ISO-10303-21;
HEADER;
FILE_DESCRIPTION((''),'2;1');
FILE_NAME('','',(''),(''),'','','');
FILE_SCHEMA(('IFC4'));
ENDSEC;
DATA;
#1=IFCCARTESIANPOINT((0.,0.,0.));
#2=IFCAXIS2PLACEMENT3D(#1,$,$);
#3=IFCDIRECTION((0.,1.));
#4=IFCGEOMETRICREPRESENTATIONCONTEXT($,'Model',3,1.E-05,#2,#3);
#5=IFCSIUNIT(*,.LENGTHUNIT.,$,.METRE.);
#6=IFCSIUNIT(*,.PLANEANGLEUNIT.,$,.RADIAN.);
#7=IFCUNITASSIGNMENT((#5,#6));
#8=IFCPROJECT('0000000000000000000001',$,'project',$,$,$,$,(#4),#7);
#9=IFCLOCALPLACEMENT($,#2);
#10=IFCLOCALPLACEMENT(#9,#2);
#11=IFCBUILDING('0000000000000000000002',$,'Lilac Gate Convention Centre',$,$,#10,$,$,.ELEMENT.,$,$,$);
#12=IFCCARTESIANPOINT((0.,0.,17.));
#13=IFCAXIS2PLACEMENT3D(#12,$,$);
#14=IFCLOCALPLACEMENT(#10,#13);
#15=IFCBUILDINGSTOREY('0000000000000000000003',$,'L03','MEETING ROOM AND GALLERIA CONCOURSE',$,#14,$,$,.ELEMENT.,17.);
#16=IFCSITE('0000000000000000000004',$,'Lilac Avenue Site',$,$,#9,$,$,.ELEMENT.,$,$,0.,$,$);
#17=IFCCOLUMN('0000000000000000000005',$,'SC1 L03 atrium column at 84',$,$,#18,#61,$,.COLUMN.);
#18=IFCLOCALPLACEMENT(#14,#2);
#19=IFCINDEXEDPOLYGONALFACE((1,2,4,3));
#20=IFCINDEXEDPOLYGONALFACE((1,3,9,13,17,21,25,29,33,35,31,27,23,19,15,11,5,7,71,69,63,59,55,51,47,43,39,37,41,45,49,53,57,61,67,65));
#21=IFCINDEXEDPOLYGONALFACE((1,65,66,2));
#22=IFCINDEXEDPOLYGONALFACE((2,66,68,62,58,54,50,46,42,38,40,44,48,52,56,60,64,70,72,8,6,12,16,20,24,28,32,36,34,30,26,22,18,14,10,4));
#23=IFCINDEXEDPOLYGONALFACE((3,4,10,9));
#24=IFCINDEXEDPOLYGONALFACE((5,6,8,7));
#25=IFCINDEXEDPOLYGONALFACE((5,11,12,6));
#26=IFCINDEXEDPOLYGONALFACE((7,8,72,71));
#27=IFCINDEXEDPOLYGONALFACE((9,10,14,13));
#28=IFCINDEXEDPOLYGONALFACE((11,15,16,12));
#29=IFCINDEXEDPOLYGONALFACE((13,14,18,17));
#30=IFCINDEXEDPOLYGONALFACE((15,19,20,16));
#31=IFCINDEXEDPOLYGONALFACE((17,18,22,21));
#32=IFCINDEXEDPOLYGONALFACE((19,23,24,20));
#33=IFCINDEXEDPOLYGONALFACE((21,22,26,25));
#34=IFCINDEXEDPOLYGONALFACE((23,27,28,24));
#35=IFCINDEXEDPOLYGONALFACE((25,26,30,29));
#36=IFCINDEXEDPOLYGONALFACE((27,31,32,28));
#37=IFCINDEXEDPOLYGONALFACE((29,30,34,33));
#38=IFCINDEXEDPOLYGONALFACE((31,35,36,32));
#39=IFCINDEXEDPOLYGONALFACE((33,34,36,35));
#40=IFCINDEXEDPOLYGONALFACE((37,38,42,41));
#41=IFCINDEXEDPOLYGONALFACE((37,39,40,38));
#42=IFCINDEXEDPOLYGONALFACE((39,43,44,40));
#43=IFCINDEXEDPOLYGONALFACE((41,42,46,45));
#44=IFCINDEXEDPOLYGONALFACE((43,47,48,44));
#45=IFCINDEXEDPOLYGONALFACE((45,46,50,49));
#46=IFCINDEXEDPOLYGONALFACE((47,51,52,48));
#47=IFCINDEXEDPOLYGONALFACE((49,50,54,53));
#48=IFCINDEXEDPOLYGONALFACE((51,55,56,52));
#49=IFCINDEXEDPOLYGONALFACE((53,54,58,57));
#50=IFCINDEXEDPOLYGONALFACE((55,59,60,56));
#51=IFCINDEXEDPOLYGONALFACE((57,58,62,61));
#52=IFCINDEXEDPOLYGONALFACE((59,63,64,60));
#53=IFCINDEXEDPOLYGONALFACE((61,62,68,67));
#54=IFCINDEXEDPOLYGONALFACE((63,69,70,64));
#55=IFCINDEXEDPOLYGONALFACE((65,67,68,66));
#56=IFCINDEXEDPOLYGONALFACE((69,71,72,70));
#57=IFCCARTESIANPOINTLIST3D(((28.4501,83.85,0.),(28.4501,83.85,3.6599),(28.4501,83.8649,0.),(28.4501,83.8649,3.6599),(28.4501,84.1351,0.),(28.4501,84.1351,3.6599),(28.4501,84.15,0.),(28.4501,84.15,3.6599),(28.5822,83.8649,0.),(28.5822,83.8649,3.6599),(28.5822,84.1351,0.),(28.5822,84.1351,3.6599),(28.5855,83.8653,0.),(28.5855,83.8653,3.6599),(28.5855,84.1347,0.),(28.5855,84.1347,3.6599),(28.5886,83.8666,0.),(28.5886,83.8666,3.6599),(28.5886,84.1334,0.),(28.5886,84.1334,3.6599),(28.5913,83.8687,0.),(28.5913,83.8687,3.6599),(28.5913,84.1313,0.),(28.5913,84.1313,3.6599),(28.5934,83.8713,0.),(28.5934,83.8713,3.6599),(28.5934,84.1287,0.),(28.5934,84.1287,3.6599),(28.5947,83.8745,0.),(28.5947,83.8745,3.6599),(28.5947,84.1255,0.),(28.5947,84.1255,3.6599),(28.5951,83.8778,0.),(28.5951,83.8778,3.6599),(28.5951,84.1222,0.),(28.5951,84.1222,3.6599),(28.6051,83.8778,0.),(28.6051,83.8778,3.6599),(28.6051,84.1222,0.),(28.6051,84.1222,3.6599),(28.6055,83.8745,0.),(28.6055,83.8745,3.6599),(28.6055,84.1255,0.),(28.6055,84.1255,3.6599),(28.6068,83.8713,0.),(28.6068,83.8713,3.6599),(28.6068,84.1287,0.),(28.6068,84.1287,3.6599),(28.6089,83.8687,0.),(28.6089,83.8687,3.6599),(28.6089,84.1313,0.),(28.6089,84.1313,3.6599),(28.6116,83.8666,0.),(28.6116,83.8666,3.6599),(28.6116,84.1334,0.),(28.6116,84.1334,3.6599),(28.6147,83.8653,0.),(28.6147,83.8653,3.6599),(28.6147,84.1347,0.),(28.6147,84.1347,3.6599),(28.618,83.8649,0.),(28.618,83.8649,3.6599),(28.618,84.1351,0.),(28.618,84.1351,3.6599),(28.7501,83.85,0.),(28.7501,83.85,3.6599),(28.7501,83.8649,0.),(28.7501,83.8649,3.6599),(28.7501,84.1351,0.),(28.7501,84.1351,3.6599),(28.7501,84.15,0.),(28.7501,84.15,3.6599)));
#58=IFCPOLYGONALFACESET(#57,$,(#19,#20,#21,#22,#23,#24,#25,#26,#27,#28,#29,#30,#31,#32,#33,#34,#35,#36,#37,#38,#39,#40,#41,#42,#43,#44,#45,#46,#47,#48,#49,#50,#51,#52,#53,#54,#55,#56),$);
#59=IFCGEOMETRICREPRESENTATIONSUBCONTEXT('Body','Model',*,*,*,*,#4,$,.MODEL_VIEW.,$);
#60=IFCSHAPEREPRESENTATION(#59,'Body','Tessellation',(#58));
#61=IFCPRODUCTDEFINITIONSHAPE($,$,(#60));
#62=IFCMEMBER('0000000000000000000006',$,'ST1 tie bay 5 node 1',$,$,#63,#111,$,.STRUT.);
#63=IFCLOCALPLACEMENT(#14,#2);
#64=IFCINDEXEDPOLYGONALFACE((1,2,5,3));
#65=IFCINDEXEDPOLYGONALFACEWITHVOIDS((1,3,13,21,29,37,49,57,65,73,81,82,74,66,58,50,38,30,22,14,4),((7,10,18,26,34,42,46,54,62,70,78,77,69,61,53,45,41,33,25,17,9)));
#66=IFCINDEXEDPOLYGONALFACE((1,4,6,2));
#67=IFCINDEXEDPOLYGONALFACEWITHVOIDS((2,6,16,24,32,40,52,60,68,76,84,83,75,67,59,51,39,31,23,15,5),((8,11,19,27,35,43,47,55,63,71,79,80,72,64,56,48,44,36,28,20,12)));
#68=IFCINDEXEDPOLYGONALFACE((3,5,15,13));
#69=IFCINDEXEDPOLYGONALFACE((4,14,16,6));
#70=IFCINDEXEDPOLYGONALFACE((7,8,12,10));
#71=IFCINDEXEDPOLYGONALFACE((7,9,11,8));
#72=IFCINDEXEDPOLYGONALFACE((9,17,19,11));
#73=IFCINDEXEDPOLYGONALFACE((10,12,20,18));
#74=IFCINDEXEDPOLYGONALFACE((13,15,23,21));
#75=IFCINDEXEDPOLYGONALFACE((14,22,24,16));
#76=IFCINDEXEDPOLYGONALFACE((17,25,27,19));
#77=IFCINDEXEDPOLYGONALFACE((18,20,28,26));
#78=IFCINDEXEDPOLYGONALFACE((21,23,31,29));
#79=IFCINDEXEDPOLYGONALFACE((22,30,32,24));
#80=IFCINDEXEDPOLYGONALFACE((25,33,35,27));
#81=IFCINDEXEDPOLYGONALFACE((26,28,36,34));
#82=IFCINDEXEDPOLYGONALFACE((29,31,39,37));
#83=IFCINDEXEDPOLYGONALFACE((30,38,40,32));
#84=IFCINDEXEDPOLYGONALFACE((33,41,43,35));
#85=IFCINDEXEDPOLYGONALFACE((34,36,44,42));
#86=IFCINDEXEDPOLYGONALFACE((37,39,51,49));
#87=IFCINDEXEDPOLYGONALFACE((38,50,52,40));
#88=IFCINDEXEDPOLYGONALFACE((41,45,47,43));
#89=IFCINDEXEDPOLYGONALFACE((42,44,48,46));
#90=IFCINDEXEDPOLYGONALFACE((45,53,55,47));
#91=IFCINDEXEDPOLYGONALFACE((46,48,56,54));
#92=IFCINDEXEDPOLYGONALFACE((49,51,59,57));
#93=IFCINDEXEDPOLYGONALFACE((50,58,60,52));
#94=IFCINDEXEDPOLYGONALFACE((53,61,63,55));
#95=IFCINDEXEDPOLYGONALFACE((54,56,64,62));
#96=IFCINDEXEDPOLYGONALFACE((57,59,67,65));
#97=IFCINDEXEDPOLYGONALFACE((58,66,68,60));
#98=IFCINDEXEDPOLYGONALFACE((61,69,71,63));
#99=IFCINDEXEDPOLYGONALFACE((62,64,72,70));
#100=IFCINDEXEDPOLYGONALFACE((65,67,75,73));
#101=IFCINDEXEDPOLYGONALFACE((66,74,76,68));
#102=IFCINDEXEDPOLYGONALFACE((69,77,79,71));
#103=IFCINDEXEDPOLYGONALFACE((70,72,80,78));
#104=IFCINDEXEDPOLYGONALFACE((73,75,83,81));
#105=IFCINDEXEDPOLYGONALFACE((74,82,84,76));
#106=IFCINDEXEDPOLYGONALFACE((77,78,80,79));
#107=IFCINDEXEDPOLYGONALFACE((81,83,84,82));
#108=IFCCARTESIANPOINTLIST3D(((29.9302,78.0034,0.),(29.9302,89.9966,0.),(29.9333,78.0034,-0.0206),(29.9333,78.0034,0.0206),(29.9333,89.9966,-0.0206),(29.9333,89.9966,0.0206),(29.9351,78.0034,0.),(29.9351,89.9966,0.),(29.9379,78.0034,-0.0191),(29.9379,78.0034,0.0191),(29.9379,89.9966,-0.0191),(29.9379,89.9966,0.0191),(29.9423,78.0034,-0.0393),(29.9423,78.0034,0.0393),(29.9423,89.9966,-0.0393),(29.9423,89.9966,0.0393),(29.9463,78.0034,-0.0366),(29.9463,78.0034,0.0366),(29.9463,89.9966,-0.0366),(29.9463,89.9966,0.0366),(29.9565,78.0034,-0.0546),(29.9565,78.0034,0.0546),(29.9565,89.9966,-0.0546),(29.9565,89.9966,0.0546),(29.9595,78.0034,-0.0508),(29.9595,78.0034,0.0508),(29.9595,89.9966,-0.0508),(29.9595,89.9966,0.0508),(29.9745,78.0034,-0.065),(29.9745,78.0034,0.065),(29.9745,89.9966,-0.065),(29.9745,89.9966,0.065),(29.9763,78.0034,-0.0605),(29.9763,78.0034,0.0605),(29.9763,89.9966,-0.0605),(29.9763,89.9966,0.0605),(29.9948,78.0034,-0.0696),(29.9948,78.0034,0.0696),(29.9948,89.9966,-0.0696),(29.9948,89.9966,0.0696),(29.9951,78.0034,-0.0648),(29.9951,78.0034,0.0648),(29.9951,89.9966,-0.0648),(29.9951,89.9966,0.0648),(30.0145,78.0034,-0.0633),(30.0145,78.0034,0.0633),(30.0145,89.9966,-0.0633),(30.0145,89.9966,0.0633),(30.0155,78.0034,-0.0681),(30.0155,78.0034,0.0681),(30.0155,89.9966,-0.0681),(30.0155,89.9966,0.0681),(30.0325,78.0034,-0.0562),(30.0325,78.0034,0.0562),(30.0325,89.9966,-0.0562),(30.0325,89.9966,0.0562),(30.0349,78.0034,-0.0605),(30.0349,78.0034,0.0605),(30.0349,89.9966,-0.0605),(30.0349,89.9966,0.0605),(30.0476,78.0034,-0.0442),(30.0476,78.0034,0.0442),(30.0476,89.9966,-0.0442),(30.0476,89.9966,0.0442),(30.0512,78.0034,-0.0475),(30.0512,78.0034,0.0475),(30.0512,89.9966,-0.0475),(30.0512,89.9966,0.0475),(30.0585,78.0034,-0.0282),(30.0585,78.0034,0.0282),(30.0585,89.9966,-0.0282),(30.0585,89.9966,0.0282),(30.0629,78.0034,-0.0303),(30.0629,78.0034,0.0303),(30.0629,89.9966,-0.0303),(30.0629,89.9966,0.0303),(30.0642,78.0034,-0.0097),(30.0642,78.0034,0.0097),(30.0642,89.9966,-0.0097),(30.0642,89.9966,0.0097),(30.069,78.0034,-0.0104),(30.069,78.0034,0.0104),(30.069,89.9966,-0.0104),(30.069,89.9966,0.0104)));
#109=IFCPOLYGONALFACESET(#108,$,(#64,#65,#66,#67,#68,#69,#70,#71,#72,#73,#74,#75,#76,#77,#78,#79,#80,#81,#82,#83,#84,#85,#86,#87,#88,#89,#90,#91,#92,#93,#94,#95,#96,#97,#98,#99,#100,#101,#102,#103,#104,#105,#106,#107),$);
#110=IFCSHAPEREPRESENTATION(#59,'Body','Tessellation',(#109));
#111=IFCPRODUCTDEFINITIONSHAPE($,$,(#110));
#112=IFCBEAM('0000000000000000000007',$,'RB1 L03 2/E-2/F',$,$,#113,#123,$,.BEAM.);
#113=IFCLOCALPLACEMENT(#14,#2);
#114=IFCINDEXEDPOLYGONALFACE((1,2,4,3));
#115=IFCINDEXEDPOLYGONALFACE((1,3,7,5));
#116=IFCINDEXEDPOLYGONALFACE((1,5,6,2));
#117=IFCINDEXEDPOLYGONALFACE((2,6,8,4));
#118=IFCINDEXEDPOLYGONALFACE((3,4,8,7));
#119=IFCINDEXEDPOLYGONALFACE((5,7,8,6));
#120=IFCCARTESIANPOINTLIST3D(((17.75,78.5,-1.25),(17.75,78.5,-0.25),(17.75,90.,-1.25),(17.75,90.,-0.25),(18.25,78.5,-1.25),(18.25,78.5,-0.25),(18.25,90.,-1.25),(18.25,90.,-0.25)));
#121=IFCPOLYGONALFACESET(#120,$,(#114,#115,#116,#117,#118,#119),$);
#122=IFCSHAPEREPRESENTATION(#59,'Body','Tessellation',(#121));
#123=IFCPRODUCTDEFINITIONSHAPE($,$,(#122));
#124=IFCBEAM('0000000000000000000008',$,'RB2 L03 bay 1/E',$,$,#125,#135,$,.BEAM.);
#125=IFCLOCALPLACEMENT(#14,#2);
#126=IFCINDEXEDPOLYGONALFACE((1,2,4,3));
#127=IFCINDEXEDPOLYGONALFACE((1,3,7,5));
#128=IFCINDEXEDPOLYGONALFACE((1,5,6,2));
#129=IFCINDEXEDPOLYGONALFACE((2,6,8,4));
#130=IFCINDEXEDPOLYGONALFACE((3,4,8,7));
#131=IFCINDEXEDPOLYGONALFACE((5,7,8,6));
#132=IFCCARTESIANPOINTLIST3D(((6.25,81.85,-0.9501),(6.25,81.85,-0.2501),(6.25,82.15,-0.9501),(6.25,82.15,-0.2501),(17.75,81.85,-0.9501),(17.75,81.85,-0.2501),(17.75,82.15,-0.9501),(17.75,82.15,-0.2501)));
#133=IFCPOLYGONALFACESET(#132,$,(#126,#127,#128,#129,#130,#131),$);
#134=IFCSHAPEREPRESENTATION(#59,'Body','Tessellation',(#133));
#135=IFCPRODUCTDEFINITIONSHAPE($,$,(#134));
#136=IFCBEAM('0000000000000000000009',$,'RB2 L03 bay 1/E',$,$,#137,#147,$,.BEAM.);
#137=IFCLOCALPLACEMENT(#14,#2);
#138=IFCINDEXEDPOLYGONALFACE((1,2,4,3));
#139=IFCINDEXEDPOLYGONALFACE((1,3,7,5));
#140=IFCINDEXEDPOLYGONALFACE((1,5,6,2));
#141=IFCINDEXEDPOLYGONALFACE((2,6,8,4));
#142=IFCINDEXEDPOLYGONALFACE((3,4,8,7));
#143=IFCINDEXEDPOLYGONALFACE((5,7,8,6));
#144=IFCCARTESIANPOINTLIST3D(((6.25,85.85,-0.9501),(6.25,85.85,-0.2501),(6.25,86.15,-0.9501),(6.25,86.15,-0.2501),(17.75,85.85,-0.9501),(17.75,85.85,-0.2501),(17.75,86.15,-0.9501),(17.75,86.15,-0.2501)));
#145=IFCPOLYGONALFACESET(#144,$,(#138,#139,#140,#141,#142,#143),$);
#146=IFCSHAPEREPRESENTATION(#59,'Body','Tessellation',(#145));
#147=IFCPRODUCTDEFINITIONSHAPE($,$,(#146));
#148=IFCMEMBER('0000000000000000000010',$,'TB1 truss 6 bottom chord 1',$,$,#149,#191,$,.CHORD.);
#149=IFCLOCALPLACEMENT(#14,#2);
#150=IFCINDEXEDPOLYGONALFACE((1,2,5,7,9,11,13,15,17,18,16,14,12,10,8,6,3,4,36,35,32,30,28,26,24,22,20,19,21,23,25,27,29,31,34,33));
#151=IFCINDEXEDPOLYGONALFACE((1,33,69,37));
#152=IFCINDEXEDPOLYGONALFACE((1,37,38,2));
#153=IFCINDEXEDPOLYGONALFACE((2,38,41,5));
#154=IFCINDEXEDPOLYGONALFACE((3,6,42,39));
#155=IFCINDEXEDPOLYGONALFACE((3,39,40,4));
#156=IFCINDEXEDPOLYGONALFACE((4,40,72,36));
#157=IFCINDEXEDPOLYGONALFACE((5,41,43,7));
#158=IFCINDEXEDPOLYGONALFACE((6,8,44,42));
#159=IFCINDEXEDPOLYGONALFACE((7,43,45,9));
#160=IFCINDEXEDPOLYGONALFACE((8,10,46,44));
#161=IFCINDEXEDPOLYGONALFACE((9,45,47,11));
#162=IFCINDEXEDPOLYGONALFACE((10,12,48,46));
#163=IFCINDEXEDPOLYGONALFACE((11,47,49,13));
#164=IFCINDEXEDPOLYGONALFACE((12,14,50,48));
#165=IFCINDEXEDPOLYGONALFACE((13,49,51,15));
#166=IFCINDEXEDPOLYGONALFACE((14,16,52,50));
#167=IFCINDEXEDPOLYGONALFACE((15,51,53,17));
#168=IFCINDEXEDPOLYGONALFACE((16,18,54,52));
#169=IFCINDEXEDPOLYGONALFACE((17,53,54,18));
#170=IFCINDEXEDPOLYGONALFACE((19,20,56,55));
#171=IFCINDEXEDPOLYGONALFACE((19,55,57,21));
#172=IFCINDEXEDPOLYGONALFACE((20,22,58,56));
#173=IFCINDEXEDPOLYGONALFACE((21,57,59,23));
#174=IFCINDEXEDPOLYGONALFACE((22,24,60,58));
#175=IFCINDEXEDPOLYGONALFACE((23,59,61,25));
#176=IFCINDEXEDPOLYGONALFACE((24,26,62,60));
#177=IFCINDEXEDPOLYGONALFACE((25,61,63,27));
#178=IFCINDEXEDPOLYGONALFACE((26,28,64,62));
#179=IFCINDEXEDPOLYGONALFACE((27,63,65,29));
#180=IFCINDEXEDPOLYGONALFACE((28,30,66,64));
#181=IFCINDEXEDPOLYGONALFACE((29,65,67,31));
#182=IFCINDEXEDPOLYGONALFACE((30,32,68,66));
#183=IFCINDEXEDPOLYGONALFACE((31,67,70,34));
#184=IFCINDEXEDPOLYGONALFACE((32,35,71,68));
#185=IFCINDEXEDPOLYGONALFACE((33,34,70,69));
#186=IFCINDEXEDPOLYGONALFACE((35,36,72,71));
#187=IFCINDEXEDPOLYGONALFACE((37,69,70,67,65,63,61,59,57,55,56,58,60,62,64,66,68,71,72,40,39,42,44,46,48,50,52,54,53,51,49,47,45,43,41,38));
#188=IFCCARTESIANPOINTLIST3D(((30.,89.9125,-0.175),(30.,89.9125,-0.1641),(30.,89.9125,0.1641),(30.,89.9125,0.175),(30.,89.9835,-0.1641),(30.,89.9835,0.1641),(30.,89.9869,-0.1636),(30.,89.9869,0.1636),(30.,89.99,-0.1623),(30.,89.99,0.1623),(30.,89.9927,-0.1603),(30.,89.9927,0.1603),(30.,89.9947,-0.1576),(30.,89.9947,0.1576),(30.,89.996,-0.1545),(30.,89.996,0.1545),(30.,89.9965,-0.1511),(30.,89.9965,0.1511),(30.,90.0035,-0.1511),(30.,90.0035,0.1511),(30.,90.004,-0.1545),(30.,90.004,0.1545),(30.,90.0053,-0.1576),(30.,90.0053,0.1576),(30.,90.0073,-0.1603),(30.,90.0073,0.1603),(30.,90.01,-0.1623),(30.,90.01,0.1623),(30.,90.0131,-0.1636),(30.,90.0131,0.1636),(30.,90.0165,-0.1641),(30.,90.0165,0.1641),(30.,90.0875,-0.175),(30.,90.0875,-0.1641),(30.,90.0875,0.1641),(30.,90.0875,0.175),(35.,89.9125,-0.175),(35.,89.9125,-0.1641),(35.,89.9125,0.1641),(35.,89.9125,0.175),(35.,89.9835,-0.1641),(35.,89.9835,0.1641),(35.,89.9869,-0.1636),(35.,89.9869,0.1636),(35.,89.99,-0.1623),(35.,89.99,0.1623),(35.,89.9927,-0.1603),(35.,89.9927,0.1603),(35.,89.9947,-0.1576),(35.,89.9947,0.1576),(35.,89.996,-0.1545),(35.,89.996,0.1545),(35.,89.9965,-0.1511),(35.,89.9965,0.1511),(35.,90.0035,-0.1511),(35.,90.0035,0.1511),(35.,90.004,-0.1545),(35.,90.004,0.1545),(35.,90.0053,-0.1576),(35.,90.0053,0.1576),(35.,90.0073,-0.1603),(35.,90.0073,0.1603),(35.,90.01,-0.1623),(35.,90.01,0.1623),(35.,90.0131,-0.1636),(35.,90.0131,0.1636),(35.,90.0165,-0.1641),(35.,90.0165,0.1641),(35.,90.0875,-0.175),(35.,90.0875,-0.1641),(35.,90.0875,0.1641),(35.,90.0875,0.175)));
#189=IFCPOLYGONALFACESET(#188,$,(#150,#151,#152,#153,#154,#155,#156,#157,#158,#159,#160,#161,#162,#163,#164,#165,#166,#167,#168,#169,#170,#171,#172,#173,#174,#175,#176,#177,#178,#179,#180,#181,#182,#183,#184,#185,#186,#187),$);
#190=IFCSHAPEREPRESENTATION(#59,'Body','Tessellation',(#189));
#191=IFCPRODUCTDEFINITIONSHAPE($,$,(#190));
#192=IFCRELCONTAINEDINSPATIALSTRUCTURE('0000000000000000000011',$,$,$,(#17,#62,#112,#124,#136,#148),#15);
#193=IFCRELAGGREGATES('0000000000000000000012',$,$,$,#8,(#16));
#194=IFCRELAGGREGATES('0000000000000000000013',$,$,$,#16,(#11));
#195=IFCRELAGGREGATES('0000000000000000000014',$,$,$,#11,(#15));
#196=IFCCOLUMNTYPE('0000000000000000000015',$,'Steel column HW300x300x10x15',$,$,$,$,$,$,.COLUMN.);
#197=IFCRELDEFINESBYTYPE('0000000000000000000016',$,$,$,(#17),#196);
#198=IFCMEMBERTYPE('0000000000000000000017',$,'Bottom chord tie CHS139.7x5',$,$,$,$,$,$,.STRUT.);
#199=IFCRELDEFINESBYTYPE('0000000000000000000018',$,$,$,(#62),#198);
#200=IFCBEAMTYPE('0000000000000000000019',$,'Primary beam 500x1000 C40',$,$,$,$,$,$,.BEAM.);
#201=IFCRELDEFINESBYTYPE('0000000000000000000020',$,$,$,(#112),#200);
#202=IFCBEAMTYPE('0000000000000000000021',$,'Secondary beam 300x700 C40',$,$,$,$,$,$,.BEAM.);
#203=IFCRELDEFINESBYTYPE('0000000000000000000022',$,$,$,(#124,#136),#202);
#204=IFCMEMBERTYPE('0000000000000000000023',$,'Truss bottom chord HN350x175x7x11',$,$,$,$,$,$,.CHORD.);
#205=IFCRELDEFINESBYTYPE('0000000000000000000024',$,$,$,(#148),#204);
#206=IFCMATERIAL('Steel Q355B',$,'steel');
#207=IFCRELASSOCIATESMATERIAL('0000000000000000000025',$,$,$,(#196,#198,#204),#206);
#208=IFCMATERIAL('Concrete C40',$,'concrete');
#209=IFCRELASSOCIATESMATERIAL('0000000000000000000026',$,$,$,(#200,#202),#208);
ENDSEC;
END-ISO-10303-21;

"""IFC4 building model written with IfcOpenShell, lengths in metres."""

from ifc_helpers import new_model, si_unit, direction, frame, origin, origin_2d, place, context, subcontext, project, spatial, rectangle, hollow_circle, i_section, extrude, material, material_profile, profile_set, type_object, element, save


model = new_model("IFC4")

# Units and contexts
model_context = context("Model", 3, precision=1e-05, world=origin(), true_north=direction((0.0, 1.0)))
body_context = subcontext(model_context, "Body", "Model", "MODEL_VIEW")
ifc_project = project(units=[si_unit("LENGTHUNIT", "METRE"), si_unit("PLANEANGLEUNIT", "RADIAN")], contexts=[model_context])

# Site, building, storey
site_placement = place(None, origin())
site = spatial("IfcSite", under=ifc_project, at=site_placement, Name="Lilac Avenue Site", CompositionType="ELEMENT", RefElevation=0.0)
building_placement = place(site_placement, origin())
building = spatial("IfcBuilding", under=site, at=building_placement, Name="Lilac Gate Convention Centre", CompositionType="ELEMENT")
storey_placement = place(building_placement, frame((0.0, 0.0, 17.0)))
storey = spatial("IfcBuildingStorey", under=building, at=storey_placement, Name="L03", Description="MEETING ROOM AND GALLERIA CONCOURSE", CompositionType="ELEMENT", Elevation=17.0)

# Column
ifc_material_1 = material(Name="Steel Q355B", Category="steel")
ifc_material_profile_1 = material_profile(ifc_material_1, i_section(OverallWidth=0.3, OverallDepth=0.3, WebThickness=0.01, FlangeThickness=0.0149, FilletRadius=0.0129, at=origin_2d()), Name="HW300x300x10x15")
ifc_profile_set_1 = profile_set([ifc_material_profile_1], Name="Steel Q355B")
column_type = type_object("IfcColumnType", Name="Steel column HW300x300x10x15", PredefinedType="COLUMN", material=ifc_profile_set_1)
column_placement = place(storey_placement, frame((28.6001, 84.0, 0.0), z_axis=(0.0, 0.0, 1.0), x_axis=(1.0, 0.0, 0.0)))
element("IfcColumn", 1, at=column_placement, inside=storey, type_object=column_type, Name="SC1 L03 atrium column at 84", PredefinedType="COLUMN", context=body_context, shape_type="SweptSolid", body=[
    extrude(i_section(OverallWidth=0.3, OverallDepth=0.3, WebThickness=0.01, FlangeThickness=0.0149, FilletRadius=0.0129, at=origin_2d()), origin(), (0.0, 0.0, 1.0), 3.6599),
])

# Member
ifc_material_profile_2 = material_profile(ifc_material_1, hollow_circle(Radius=0.0698, WallThickness=0.0049, at=origin_2d()), Name="CHS139.7x5")
ifc_profile_set_2 = profile_set([ifc_material_profile_2], Name="Steel Q355B")
member_type_1 = type_object("IfcMemberType", Name="Bottom chord tie CHS139.7x5", PredefinedType="STRUT", material=ifc_profile_set_2)
member_1_placement = place(storey_placement, frame((30.0, 78.0034, 0.0), z_axis=(0.0, 1.0, 0.0), x_axis=(-1.0, 0.0, 0.0)))
element("IfcMember", 2, at=member_1_placement, inside=storey, type_object=member_type_1, Name="ST1 tie bay 5 node 1", PredefinedType="STRUT", context=body_context, shape_type="SweptSolid", body=[
    extrude(hollow_circle(Radius=0.0698, WallThickness=0.0049, at=origin_2d()), origin(), (0.0, 0.0, 1.0), 11.9932),
])

# Beams
ifc_material_2 = material(Name="Concrete C40", Category="concrete")
ifc_material_profile_3 = material_profile(ifc_material_2, rectangle(XDim=0.5, YDim=1.0, at=origin_2d()), Name="RC 500x1000")
ifc_profile_set_3 = profile_set([ifc_material_profile_3], Name="Concrete C40")
beam_type_1 = type_object("IfcBeamType", Name="Primary beam 500x1000 C40", PredefinedType="BEAM", material=ifc_profile_set_3)
beam_placement = place(storey_placement, frame((18.0, 78.5, -0.75), z_axis=(0.0, 1.0, 0.0), x_axis=(-1.0, 0.0, 0.0)))
element("IfcBeam", 3, at=beam_placement, inside=storey, type_object=beam_type_1, Name="RB1 L03 2/E-2/F", PredefinedType="BEAM", context=body_context, shape_type="SweptSolid", body=[
    extrude(rectangle(XDim=0.5, YDim=1.0, at=origin_2d()), origin(), (0.0, 0.0, 1.0), 11.5),
])
ifc_material_profile_4 = material_profile(ifc_material_2, rectangle(XDim=0.3, YDim=0.7, at=origin_2d()), Name="RC 300x700")
ifc_profile_set_4 = profile_set([ifc_material_profile_4], Name="Concrete C40")
beam_type_2 = type_object("IfcBeamType", Name="Secondary beam 300x700 C40", PredefinedType="BEAM", material=ifc_profile_set_4)
for number, where, z_axis, x_axis, name in (
    (4, (6.25, 82.0, -0.6001), (1.0, 0.0, 0.0), (0.0, 1.0, 0.0), "RB2 L03 bay 1/E"),
    (5, (6.25, 86.0, -0.6001), (1.0, 0.0, 0.0), (0.0, 1.0, 0.0), "RB2 L03 bay 1/E"),
):
    element("IfcBeam", number, at=place(storey_placement, frame(where, z_axis=z_axis, x_axis=x_axis)), inside=storey, type_object=beam_type_2, Name=name, PredefinedType="BEAM", context=body_context, shape_type="SweptSolid", body=[
        extrude(rectangle(XDim=0.3, YDim=0.7, at=origin_2d()), origin(), (0.0, 0.0, 1.0), 11.5),
    ])

# Member
ifc_material_profile_5 = material_profile(ifc_material_1, i_section(OverallWidth=0.175, OverallDepth=0.3501, WebThickness=0.0071, FlangeThickness=0.011, FilletRadius=0.0129, at=origin_2d()), Name="HN350x175x7x11")
ifc_profile_set_5 = profile_set([ifc_material_profile_5], Name="Steel Q355B")
member_type_2 = type_object("IfcMemberType", Name="Truss bottom chord HN350x175x7x11", PredefinedType="CHORD", material=ifc_profile_set_5)
member_2_placement = place(storey_placement, frame((30.0, 90.0, 0.0), z_axis=(1.0, 0.0, 0.0), x_axis=(0.0, 1.0, 0.0)))
element("IfcMember", 6, at=member_2_placement, inside=storey, type_object=member_type_2, Name="TB1 truss 6 bottom chord 1", PredefinedType="CHORD", context=body_context, shape_type="SweptSolid", body=[
    extrude(i_section(OverallWidth=0.175, OverallDepth=0.3501, WebThickness=0.0071, FlangeThickness=0.011, FilletRadius=0.0129, at=origin_2d()), origin(), (0.0, 0.0, 1.0), 5.0),
])

save(model, "model.ifc")
